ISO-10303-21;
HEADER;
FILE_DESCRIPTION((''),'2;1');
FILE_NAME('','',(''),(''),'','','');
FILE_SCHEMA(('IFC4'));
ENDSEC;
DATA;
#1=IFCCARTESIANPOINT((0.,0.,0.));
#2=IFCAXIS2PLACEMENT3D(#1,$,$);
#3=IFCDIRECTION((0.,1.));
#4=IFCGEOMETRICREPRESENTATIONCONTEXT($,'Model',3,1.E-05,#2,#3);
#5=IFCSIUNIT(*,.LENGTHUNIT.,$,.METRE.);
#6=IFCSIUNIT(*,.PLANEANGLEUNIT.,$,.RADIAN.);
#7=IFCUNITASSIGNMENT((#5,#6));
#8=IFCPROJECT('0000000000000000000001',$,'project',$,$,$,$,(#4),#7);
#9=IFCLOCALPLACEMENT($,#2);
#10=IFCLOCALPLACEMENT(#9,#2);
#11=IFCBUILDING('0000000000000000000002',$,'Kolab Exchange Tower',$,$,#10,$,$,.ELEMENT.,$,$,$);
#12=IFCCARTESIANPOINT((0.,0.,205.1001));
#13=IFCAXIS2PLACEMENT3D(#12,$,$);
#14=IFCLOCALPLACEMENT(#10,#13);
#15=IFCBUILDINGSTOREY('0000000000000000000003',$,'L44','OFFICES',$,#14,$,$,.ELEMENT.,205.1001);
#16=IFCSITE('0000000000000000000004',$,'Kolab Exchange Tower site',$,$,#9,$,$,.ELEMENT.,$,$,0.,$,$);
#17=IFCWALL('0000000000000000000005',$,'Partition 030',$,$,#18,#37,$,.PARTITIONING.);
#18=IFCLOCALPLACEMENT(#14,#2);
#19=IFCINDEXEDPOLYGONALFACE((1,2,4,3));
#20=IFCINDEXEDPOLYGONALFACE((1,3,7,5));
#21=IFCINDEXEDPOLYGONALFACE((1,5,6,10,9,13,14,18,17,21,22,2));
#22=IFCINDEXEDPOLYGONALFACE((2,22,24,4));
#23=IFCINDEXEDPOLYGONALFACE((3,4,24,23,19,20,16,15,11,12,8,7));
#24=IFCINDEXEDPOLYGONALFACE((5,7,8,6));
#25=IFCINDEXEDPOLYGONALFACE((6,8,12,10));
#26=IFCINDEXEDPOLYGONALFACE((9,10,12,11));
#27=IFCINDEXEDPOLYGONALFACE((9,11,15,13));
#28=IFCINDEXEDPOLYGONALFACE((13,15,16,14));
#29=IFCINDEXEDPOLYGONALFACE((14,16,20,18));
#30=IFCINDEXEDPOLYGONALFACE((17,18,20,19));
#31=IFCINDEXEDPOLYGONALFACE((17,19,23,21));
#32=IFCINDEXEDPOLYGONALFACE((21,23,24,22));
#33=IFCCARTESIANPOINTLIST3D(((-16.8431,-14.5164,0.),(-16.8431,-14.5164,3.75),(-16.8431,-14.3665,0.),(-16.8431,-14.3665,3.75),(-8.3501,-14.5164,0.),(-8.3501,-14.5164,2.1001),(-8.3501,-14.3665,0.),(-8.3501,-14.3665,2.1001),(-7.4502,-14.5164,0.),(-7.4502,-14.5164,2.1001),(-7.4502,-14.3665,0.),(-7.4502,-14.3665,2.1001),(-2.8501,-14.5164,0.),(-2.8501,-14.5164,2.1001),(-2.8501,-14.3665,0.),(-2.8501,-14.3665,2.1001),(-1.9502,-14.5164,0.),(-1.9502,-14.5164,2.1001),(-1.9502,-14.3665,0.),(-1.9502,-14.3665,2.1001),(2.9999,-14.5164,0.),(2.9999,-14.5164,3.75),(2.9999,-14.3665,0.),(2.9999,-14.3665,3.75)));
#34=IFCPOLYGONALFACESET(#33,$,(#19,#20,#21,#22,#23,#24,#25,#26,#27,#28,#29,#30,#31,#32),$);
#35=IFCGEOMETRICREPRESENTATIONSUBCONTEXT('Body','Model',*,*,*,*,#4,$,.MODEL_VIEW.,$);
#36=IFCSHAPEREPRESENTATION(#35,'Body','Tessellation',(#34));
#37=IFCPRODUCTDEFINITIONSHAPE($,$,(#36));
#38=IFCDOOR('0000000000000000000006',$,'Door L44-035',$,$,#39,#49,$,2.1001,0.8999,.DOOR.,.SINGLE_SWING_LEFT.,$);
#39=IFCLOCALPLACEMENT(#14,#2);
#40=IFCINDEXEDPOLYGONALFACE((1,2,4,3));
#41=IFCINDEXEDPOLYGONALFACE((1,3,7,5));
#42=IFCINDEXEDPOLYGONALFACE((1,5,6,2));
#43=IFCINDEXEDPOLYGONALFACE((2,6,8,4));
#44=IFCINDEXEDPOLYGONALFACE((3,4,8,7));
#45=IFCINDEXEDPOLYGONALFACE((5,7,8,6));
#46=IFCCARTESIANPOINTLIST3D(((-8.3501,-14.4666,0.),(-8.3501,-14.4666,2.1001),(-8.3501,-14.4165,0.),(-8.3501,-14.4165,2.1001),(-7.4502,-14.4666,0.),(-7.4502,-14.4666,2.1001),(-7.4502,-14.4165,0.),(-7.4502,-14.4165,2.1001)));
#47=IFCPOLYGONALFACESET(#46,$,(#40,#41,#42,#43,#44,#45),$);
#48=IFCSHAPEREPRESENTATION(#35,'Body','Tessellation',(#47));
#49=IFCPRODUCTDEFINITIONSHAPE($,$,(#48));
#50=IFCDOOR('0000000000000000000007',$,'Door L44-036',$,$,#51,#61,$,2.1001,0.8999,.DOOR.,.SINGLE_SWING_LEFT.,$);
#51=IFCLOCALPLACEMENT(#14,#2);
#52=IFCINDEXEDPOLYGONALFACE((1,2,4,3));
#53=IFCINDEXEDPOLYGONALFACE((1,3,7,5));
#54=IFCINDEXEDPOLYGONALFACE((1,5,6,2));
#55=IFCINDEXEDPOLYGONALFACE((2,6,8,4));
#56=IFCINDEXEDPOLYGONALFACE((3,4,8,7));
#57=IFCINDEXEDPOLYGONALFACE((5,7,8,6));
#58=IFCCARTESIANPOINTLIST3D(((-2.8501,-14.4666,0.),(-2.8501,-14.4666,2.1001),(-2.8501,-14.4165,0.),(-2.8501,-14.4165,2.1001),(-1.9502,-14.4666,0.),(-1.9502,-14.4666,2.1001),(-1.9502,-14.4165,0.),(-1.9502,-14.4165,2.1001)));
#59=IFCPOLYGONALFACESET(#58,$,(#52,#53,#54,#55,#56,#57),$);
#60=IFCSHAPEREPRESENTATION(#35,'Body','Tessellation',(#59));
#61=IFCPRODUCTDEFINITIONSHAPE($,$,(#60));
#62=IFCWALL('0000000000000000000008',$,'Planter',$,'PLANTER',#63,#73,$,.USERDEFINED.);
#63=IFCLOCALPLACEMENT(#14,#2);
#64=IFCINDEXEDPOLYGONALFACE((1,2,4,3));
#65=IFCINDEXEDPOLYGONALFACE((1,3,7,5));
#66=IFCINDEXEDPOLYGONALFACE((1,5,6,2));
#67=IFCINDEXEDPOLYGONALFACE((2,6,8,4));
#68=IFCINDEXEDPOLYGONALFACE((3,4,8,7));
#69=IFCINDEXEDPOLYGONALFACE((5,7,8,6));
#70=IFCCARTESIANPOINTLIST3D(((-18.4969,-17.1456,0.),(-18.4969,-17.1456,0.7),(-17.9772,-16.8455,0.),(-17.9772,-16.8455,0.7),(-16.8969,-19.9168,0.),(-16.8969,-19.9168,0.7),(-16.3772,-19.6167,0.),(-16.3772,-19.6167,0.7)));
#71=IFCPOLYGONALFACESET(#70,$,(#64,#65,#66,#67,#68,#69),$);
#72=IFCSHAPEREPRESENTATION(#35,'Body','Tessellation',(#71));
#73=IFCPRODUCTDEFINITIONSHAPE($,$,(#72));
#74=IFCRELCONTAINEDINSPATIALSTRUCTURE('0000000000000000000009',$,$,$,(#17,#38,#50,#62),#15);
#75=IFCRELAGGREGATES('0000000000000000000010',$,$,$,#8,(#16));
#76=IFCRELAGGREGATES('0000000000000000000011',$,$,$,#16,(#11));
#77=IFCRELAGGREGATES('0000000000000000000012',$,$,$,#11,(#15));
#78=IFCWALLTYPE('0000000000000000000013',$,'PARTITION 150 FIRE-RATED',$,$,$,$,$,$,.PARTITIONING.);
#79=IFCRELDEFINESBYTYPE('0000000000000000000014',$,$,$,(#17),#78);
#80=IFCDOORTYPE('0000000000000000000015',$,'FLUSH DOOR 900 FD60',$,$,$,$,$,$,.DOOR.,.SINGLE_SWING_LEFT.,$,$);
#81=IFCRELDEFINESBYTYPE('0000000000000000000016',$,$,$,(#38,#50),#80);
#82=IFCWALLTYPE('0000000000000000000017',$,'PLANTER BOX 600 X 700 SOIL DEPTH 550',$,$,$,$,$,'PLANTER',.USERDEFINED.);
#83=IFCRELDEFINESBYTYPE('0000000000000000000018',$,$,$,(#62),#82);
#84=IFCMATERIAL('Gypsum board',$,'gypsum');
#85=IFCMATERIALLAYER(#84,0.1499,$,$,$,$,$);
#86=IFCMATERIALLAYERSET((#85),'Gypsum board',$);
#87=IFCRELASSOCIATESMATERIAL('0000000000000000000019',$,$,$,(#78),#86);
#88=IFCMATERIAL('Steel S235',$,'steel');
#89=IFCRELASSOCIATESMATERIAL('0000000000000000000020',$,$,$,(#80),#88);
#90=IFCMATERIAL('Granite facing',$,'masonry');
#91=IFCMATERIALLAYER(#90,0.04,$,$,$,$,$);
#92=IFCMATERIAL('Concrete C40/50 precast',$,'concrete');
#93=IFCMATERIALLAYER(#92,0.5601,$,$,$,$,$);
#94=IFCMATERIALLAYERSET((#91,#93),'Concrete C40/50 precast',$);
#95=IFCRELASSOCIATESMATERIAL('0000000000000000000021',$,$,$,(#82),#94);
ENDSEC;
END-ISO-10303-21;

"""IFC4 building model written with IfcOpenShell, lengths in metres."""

from ifc_helpers import new_model, si_unit, direction, frame, frame_2d, origin, place, context, subcontext, project, spatial, rectangle, extrude, material, layer, layer_set, type_object, element, fill, save


model = new_model("IFC4")

# Units and contexts
model_context = context("Model", 3, precision=1e-05, world=origin(), true_north=direction((0.0, 1.0)))
body_context = subcontext(model_context, "Body", "Model", "MODEL_VIEW")
ifc_project = project(units=[si_unit("LENGTHUNIT", "METRE"), si_unit("PLANEANGLEUNIT", "RADIAN")], contexts=[model_context])

# Site, building, storey
site_placement = place(None, origin())
site = spatial("IfcSite", under=ifc_project, at=site_placement, Name="Kolab Exchange Tower site", CompositionType="ELEMENT", RefElevation=0.0)
building_placement = place(site_placement, origin())
building = spatial("IfcBuilding", under=site, at=building_placement, Name="Kolab Exchange Tower", CompositionType="ELEMENT")
storey_placement = place(building_placement, frame((0.0, 0.0, 205.1001)))
storey = spatial("IfcBuildingStorey", under=building, at=storey_placement, Name="L44", Description="OFFICES", CompositionType="ELEMENT", Elevation=205.1001)

# Shared definitions
ifc_material_1 = material(Name="Gypsum board", Category="gypsum")

# Wall, openings, doors
ifc_layer_1 = layer(ifc_material_1, 0.1499)
ifc_layer_set_1 = layer_set([ifc_layer_1], Name="Gypsum board")
wall_type_1 = type_object("IfcWallType", Name="PARTITION 150 FIRE-RATED", PredefinedType="PARTITIONING", material=ifc_layer_set_1)
ifc_material_2 = material(Name="Steel S235", Category="steel")
wall_1_placement = place(storey_placement, frame((-16.843, -14.4414, 0.0), z_axis=(0.0, 0.0, 1.0), x_axis=(1.0, 0.0, 0.0)))
wall_1 = element("IfcWall", 1, at=wall_1_placement, inside=storey, type_object=wall_type_1, Name="Partition 030", PredefinedType="PARTITIONING", context=body_context, shape_type="SweptSolid", body=[
    extrude(rectangle(XDim=19.843, YDim=0.1499, at=frame_2d((9.9214, 0.0))), origin(), (0.0, 0.0, 1.0), 3.75),
])
opening_1_placement = place(wall_1_placement, frame((8.4929, 0.0, 0.0)))
opening_1 = element("IfcOpeningElement", 2, at=opening_1_placement, cuts=wall_1, PredefinedType="OPENING", context=body_context, shape_type="SweptSolid", body=[
    extrude(rectangle(XDim=0.8999, YDim=2.1001, at=frame_2d((0.45, 1.05))), frame((0.0, 0.085, 0.0), z_axis=(0.0, -1.0, 0.0), x_axis=(1.0, 0.0, 0.0)), (0.0, 0.0, 1.0), 0.1699),
])
opening_2_placement = place(wall_1_placement, frame((13.9929, 0.0, 0.0)))
opening_2 = element("IfcOpeningElement", 3, at=opening_2_placement, cuts=wall_1, PredefinedType="OPENING", context=body_context, shape_type="SweptSolid", body=[
    extrude(rectangle(XDim=0.8999, YDim=2.1001, at=frame_2d((0.45, 1.05))), frame((0.0, 0.085, 0.0), z_axis=(0.0, -1.0, 0.0), x_axis=(1.0, 0.0, 0.0)), (0.0, 0.0, 1.0), 0.1699),
])
door_type_1 = type_object("IfcDoorType", Name="FLUSH DOOR 900 FD60", OperationType="SINGLE_SWING_LEFT", PredefinedType="DOOR", material=ifc_material_2)
door_1_placement = place(opening_1_placement, origin())
door_1 = element("IfcDoor", 4, at=door_1_placement, inside=storey, type_object=door_type_1, Name="Door L44-035", OperationType="SINGLE_SWING_LEFT", OverallHeight=2.1001, OverallWidth=0.8999, PredefinedType="DOOR", context=body_context, shape_type="SweptSolid", body=[
    extrude(rectangle(XDim=0.8999, YDim=2.1001, at=frame_2d((0.45, 1.05))), frame((0.0, 0.0249, 0.0), z_axis=(0.0, -1.0, 0.0), x_axis=(1.0, 0.0, 0.0)), (0.0, 0.0, 1.0), 0.05),
])
fill(opening_1, door_1)
door_2_placement = place(opening_2_placement, origin())
door_2 = element("IfcDoor", 5, at=door_2_placement, inside=storey, type_object=door_type_1, Name="Door L44-036", OperationType="SINGLE_SWING_LEFT", OverallHeight=2.1001, OverallWidth=0.8999, PredefinedType="DOOR", context=body_context, shape_type="SweptSolid", body=[
    extrude(rectangle(XDim=0.8999, YDim=2.1001, at=frame_2d((0.45, 1.05))), frame((0.0, 0.0249, 0.0), z_axis=(0.0, -1.0, 0.0), x_axis=(1.0, 0.0, 0.0)), (0.0, 0.0, 1.0), 0.05),
])
fill(opening_2, door_2)

# Wall
ifc_material_3 = material(Name="Granite facing", Category="masonry")
ifc_layer_2 = layer(ifc_material_3, 0.04)
ifc_material_4 = material(Name="Concrete C40/50 precast", Category="concrete")
ifc_layer_3 = layer(ifc_material_4, 0.5601)
ifc_layer_set_2 = layer_set([ifc_layer_2, ifc_layer_3], Name="Concrete C40/50 precast")
wall_type_2 = type_object("IfcWallType", Name="PLANTER BOX 600 X 700 SOIL DEPTH 550", ElementType="PLANTER", PredefinedType="USERDEFINED", material=ifc_layer_set_2)
wall_2_placement = place(storey_placement, frame((-16.637, -19.7668, 0.0), z_axis=(0.0, 0.0, 1.0), x_axis=(-0.500028, 0.866009, 0.0)))
element("IfcWall", 6, at=wall_2_placement, inside=storey, type_object=wall_type_2, Name="Planter", ObjectType="PLANTER", PredefinedType="USERDEFINED", context=body_context, shape_type="SweptSolid", body=[
    extrude(rectangle(XDim=3.2, YDim=0.6001, at=frame_2d((1.6001, 0.0))), origin(), (0.0, 0.0, 1.0), 0.7),
])

save(model, "model.ifc")
